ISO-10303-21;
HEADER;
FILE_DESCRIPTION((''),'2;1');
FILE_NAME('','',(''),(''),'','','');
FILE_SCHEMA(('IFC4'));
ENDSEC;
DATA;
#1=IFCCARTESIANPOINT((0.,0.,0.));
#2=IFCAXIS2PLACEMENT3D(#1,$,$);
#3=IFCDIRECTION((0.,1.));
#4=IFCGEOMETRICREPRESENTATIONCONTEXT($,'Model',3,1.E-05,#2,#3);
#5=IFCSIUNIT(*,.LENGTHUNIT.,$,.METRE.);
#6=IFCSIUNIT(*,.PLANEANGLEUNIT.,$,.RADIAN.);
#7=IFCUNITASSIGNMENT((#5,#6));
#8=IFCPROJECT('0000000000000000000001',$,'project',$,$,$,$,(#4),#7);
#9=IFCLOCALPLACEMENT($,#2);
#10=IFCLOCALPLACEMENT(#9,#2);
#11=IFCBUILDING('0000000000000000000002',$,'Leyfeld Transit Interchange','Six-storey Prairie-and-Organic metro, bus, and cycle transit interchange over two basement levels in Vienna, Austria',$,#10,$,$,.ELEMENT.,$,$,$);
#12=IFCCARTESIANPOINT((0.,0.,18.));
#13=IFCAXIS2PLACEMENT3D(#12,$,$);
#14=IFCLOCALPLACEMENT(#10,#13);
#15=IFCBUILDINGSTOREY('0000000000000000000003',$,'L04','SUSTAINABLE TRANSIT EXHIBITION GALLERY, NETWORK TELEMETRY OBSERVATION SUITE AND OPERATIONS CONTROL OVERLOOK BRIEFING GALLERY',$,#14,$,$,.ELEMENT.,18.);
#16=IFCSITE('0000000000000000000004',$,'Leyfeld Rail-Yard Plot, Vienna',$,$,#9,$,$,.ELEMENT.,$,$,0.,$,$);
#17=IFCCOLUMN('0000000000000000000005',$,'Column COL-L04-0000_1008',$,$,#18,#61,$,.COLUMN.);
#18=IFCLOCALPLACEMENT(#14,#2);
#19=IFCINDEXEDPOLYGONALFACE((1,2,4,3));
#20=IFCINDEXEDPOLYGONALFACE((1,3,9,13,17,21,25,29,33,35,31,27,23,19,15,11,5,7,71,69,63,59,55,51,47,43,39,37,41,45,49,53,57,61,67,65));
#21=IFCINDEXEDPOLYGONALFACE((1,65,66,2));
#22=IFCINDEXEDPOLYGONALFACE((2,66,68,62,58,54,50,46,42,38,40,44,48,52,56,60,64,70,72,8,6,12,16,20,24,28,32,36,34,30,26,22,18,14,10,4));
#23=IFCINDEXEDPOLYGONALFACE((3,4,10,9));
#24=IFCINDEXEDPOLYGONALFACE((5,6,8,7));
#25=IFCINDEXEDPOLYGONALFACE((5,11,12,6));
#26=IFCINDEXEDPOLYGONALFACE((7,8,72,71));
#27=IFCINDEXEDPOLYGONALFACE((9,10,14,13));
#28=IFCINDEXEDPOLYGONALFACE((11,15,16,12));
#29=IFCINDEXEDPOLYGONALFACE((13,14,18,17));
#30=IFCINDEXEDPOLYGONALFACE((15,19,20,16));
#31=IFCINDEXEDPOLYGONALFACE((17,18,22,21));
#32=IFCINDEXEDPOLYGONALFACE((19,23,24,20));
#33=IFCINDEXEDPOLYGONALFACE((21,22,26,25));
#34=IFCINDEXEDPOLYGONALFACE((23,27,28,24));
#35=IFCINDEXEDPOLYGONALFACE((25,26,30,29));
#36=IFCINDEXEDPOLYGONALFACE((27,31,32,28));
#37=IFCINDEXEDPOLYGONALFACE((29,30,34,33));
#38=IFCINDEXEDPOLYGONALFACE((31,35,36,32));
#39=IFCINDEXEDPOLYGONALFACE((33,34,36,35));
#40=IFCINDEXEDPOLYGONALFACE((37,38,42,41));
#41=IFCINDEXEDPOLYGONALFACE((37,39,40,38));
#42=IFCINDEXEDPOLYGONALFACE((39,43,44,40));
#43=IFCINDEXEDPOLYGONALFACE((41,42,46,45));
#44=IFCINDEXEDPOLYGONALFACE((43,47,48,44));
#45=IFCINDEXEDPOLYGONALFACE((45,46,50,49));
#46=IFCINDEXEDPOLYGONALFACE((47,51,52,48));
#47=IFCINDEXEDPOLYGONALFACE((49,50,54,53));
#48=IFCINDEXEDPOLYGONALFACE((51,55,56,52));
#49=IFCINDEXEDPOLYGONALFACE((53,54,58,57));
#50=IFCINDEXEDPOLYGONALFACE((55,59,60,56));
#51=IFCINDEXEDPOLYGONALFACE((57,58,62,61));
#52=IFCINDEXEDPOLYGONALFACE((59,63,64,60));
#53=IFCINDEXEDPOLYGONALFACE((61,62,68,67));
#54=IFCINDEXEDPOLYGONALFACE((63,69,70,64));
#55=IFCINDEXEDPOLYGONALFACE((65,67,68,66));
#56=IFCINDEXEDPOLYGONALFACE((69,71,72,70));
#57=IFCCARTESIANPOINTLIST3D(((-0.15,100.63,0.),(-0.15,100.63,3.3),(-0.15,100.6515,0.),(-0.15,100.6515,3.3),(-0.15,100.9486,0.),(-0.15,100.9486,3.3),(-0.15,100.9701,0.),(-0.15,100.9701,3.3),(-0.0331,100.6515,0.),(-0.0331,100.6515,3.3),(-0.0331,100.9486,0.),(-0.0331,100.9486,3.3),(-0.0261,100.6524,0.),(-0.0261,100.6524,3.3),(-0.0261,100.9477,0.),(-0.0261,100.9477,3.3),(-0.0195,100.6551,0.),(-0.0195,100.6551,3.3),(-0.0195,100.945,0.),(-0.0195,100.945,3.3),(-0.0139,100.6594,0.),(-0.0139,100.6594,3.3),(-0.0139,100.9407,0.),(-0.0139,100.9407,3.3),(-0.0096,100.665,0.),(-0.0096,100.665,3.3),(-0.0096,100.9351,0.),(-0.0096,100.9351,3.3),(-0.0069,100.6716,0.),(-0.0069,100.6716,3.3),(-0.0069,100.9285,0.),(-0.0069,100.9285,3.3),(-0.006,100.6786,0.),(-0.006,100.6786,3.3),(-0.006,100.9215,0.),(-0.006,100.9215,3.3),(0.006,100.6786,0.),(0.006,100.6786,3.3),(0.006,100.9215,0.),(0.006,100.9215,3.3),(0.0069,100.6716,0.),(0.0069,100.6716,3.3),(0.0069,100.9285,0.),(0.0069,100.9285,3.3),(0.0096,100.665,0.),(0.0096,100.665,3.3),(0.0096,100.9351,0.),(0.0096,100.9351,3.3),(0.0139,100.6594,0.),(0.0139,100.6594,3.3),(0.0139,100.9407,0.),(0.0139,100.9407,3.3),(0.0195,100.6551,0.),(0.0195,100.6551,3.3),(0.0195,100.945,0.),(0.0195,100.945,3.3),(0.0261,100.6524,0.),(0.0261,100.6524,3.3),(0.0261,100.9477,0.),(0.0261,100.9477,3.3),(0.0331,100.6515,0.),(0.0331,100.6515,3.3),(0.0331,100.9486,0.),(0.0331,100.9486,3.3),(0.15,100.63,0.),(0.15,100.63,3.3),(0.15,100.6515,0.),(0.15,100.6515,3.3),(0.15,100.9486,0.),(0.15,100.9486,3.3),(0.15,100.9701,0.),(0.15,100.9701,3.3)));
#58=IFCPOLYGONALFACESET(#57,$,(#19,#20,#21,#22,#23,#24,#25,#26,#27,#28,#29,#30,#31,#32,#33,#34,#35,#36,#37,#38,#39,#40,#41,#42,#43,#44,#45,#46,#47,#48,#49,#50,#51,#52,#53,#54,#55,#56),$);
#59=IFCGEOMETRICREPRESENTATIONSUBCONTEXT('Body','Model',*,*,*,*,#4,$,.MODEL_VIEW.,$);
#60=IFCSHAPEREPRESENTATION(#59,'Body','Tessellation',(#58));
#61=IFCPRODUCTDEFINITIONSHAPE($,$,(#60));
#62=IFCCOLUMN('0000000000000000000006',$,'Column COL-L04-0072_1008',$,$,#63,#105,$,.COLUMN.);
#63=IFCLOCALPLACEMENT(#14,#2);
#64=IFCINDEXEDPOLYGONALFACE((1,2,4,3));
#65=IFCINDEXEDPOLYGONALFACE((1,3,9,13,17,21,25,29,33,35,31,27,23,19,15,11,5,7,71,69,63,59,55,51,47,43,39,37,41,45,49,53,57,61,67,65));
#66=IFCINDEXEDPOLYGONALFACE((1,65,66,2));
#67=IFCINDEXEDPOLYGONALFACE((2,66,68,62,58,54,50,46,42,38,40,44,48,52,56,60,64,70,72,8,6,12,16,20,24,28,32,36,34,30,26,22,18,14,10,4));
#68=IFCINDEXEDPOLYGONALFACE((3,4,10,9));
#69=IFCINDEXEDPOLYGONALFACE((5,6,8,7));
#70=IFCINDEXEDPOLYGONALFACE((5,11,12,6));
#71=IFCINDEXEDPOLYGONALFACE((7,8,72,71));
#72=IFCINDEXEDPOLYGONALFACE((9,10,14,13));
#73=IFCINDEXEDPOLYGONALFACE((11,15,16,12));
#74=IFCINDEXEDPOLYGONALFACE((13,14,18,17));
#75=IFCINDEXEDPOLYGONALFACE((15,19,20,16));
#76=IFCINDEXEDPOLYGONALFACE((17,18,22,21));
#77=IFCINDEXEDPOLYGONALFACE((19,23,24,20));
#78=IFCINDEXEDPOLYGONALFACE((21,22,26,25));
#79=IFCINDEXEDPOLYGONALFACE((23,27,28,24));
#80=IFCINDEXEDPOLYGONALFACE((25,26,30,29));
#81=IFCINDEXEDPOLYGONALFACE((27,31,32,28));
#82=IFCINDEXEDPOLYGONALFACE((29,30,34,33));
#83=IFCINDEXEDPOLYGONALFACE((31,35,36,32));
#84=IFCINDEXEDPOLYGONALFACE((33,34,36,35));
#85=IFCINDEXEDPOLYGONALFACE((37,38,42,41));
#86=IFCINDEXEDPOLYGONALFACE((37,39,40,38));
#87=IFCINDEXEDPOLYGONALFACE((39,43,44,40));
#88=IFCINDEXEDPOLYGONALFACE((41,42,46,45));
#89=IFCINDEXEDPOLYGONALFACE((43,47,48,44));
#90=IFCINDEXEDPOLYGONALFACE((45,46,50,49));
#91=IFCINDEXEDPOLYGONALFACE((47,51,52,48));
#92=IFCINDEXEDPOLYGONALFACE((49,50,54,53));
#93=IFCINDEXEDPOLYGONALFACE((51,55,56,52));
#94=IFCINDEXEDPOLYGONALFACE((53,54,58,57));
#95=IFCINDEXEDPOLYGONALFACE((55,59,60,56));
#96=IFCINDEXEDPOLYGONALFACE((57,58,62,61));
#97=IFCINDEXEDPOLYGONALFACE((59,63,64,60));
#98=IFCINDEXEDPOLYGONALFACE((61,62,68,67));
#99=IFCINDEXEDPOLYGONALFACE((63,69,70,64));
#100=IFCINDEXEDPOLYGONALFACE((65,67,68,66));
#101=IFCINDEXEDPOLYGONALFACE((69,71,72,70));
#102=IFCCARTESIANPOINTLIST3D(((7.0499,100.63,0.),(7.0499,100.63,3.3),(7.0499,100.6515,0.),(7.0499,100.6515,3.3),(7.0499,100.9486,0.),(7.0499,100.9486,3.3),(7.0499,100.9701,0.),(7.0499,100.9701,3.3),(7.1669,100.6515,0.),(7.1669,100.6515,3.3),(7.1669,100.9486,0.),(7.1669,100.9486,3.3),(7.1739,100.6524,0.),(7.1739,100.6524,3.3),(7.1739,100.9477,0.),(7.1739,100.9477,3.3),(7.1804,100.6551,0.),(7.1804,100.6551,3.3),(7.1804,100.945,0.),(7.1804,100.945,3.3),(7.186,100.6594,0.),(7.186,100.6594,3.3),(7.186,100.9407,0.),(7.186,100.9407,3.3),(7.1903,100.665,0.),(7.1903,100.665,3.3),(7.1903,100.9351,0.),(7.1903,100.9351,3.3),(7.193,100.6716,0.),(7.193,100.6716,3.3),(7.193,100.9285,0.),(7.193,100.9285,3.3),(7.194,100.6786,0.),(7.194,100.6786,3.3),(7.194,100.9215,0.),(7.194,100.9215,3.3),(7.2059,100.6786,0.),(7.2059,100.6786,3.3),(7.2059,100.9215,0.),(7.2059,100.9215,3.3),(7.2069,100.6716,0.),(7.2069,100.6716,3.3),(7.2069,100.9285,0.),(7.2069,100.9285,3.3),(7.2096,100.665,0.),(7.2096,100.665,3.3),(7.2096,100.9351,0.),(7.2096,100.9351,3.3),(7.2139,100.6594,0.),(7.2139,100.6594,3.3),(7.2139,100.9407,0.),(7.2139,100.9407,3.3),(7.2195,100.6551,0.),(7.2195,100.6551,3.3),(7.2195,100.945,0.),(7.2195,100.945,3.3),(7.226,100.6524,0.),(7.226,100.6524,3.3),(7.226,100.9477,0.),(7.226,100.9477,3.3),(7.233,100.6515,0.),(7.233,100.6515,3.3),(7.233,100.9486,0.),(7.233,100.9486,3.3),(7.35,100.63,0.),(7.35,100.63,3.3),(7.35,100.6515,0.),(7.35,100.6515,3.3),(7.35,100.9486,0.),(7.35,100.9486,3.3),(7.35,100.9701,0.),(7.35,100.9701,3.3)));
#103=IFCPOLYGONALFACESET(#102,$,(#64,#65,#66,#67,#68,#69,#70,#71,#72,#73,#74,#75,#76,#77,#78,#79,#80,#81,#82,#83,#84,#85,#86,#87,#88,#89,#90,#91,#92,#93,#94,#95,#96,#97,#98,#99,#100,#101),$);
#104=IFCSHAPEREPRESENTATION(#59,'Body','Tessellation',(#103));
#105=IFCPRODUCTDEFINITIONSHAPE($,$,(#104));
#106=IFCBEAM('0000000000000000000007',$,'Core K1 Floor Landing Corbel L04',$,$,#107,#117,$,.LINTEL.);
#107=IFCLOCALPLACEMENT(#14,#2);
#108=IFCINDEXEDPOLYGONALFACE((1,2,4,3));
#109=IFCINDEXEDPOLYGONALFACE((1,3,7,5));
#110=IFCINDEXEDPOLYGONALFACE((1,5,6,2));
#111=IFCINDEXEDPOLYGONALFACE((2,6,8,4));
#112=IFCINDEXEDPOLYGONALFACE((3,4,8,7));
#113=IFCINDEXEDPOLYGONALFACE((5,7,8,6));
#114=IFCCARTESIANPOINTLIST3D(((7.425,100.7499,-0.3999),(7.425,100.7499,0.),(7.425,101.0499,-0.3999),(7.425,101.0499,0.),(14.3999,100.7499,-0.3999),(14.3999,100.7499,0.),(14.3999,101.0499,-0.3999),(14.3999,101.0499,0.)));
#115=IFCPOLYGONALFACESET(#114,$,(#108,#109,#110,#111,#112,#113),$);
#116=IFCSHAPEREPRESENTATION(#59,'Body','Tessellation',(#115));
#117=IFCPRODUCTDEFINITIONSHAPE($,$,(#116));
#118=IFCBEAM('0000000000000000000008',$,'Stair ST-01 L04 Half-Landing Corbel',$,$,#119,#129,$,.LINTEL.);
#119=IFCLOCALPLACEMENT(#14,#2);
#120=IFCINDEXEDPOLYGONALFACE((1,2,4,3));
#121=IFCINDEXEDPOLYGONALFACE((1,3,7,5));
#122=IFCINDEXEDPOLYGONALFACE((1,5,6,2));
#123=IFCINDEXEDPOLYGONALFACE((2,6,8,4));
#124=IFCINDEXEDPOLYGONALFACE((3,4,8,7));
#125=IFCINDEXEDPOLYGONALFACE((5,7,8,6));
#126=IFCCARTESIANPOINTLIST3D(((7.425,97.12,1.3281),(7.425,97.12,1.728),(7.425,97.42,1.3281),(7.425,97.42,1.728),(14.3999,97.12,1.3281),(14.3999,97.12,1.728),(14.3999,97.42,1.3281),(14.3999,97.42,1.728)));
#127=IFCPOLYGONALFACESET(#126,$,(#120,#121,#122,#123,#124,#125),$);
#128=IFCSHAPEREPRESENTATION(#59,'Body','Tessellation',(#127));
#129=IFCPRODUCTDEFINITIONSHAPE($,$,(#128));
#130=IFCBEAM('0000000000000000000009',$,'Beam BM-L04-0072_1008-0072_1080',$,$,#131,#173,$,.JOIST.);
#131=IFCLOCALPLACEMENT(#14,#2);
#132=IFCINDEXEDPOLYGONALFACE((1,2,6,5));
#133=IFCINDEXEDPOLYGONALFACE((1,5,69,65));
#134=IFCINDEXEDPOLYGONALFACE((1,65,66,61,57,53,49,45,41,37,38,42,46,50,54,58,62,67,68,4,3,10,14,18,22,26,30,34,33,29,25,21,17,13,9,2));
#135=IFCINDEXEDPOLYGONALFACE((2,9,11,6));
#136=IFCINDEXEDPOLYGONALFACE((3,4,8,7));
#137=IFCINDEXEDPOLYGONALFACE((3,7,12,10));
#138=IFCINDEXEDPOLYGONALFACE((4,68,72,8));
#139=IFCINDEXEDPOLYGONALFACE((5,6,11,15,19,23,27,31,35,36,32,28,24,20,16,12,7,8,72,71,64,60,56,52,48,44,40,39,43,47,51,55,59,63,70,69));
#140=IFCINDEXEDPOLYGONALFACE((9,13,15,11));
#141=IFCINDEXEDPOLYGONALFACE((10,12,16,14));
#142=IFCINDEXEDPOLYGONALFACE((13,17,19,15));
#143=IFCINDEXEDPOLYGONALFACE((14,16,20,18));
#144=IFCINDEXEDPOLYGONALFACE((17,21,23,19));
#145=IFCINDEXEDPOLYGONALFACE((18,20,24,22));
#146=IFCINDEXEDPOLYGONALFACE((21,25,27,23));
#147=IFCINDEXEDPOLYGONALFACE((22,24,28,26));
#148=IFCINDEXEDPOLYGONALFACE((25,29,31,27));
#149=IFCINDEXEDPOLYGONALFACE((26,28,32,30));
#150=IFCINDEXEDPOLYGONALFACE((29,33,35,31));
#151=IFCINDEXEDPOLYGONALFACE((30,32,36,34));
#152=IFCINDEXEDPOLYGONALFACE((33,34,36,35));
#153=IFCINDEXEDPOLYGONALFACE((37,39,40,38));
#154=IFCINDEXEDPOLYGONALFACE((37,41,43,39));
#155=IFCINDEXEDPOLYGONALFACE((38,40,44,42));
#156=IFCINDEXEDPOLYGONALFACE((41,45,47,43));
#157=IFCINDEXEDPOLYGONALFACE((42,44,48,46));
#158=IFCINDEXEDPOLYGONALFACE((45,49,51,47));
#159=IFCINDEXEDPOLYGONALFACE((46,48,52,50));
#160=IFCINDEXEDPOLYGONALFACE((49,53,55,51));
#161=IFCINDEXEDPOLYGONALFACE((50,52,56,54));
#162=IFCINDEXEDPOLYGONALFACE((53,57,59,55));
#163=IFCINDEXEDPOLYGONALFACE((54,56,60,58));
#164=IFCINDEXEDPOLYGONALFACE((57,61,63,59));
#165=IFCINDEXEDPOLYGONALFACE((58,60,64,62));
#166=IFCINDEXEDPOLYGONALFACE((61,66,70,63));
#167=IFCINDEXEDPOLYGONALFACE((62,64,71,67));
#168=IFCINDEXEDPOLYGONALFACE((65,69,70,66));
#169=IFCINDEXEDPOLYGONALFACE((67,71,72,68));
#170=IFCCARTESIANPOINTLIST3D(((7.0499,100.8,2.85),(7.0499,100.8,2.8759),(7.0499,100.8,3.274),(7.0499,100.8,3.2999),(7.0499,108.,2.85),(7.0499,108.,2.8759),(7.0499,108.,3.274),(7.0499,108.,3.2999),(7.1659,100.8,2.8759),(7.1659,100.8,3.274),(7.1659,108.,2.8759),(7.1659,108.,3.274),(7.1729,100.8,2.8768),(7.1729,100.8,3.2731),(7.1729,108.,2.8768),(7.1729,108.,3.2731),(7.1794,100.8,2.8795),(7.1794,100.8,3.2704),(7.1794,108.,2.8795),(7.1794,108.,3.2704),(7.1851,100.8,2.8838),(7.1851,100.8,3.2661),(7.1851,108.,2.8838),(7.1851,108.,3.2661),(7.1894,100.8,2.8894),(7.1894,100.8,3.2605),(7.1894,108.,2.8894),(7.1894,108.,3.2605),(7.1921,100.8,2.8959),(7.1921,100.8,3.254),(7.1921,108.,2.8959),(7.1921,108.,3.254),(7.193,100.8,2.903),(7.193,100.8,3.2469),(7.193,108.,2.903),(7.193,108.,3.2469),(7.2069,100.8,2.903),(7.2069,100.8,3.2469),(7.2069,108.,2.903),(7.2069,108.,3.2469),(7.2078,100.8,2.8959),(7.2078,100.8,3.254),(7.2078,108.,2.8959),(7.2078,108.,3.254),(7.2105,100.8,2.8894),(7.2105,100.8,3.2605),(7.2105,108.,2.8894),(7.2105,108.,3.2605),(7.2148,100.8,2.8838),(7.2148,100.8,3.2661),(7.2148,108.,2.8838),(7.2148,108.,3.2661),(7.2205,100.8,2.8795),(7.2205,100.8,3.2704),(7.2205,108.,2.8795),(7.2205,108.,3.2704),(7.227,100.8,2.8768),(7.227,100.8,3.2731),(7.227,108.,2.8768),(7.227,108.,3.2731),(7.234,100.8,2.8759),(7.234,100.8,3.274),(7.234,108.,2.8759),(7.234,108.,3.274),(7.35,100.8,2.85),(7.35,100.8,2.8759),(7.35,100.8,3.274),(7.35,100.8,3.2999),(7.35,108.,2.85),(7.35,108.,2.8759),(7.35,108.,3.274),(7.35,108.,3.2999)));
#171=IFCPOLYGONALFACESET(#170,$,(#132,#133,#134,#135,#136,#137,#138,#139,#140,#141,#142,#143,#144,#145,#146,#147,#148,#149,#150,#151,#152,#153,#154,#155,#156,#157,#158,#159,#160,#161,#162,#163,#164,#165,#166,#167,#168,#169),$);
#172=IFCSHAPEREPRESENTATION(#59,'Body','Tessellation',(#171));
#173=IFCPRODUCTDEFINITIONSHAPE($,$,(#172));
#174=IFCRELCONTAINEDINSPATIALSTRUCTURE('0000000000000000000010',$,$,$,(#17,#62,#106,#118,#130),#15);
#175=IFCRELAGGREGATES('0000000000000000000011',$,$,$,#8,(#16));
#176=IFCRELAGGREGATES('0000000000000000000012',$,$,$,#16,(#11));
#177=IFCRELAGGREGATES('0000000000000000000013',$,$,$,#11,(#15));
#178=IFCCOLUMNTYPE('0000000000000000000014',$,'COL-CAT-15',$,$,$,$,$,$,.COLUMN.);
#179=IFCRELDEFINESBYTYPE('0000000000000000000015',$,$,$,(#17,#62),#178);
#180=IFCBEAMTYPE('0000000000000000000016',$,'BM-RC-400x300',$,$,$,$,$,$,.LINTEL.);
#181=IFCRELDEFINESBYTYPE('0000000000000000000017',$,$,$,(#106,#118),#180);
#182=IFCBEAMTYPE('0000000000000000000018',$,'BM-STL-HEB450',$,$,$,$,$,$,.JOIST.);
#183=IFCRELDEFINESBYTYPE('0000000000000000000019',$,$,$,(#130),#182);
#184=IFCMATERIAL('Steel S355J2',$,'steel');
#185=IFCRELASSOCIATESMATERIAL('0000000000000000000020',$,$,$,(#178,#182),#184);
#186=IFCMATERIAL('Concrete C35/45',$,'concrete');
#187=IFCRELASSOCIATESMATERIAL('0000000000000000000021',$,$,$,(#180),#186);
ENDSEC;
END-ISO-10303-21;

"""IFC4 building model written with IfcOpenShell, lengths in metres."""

from ifc_helpers import new_model, si_unit, direction, frame, origin, origin_2d, place, context, subcontext, project, spatial, rectangle, i_section, extrude, material, material_profile, profile_set, type_object, element, save


model = new_model("IFC4")

# Units and contexts
model_context = context("Model", 3, precision=1e-05, world=origin(), true_north=direction((0.0, 1.0)))
body_context = subcontext(model_context, "Body", "Model", "MODEL_VIEW")
ifc_project = project(units=[si_unit("LENGTHUNIT", "METRE"), si_unit("PLANEANGLEUNIT", "RADIAN")], contexts=[model_context])

# Site, building, storey
site_placement = place(None, origin())
site = spatial("IfcSite", under=ifc_project, at=site_placement, Name="Leyfeld Rail-Yard Plot, Vienna", CompositionType="ELEMENT", RefElevation=0.0)
building_placement = place(site_placement, origin())
building = spatial("IfcBuilding", under=site, at=building_placement, Name="Leyfeld Transit Interchange", Description="Six-storey Prairie-and-Organic metro, bus, and cycle transit interchange over two basement levels in Vienna, Austria", CompositionType="ELEMENT")
storey_placement = place(building_placement, frame((0.0, 0.0, 18.0)))
storey = spatial("IfcBuildingStorey", under=building, at=storey_placement, Name="L04", Description="SUSTAINABLE TRANSIT EXHIBITION GALLERY, NETWORK TELEMETRY OBSERVATION SUITE AND OPERATIONS CONTROL OVERLOOK BRIEFING GALLERY", CompositionType="ELEMENT", Elevation=18.0)

# Columns
ifc_material_1 = material(Name="Steel S355J2", Category="steel")
ifc_material_profile_1 = material_profile(ifc_material_1, i_section(OverallWidth=0.3, OverallDepth=0.3401, WebThickness=0.012, FlangeThickness=0.0215, FilletRadius=0.0271, at=origin_2d()), Name="HEB 340")
ifc_profile_set_1 = profile_set([ifc_material_profile_1], Name="Steel S355J2")
column_type = type_object("IfcColumnType", Name="COL-CAT-15", PredefinedType="COLUMN", material=ifc_profile_set_1)
for number, where, z_axis, x_axis, name in (
    (1, (0.0, 100.8, 0.0), (0.0, 0.0, 1.0), (1.0, 0.0, 0.0), "Column COL-L04-0000_1008"),
    (2, (7.2, 100.8, 0.0), (0.0, 0.0, 1.0), (1.0, 0.0, 0.0), "Column COL-L04-0072_1008"),
):
    element("IfcColumn", number, at=place(storey_placement, frame(where, z_axis=z_axis, x_axis=x_axis)), inside=storey, type_object=column_type, Name=name, PredefinedType="COLUMN", context=body_context, shape_type="SweptSolid", body=[
        extrude(i_section(OverallWidth=0.3, OverallDepth=0.3401, WebThickness=0.012, FlangeThickness=0.0215, FilletRadius=0.0271, at=origin_2d()), origin(), (0.0, 0.0, 1.0), 3.3),
    ])

# Beams
ifc_material_2 = material(Name="Concrete C35/45", Category="concrete")
ifc_material_profile_2 = material_profile(ifc_material_2, rectangle(XDim=0.3, YDim=0.3999, at=origin_2d()), Name="RC 400x300")
ifc_profile_set_2 = profile_set([ifc_material_profile_2], Name="Concrete C35/45")
beam_type_1 = type_object("IfcBeamType", Name="BM-RC-400x300", PredefinedType="LINTEL", material=ifc_profile_set_2)
for number, where, z_axis, x_axis, name in (
    (3, (7.425, 100.8999, -0.2), (1.0, 0.0, 0.0), (0.0, 1.0, 0.0), "Core K1 Floor Landing Corbel L04"),
    (4, (7.425, 97.27, 1.5281), (1.0, 0.0, 0.0), (0.0, 1.0, 0.0), "Stair ST-01 L04 Half-Landing Corbel"),
):
    element("IfcBeam", number, at=place(storey_placement, frame(where, z_axis=z_axis, x_axis=x_axis)), inside=storey, type_object=beam_type_1, Name=name, PredefinedType="LINTEL", context=body_context, shape_type="SweptSolid", body=[
        extrude(rectangle(XDim=0.3, YDim=0.3999, at=origin_2d()), origin(), (0.0, 0.0, 1.0), 6.9749),
    ])
ifc_material_profile_3 = material_profile(ifc_material_1, i_section(OverallWidth=0.3, OverallDepth=0.45, WebThickness=0.0139, FlangeThickness=0.0259, FilletRadius=0.0271, at=origin_2d()), Name="HEB 450")
ifc_profile_set_3 = profile_set([ifc_material_profile_3], Name="Steel S355J2")
beam_type_2 = type_object("IfcBeamType", Name="BM-STL-HEB450", PredefinedType="JOIST", material=ifc_profile_set_3)
beam_1_placement = place(storey_placement, frame((7.2, 100.8, 3.075), z_axis=(0.0, 1.0, 0.0), x_axis=(-1.0, 0.0, 0.0)))
element("IfcBeam", 5, at=beam_1_placement, inside=storey, type_object=beam_type_2, Name="Beam BM-L04-0072_1008-0072_1080", PredefinedType="JOIST", context=body_context, shape_type="SweptSolid", body=[
    extrude(i_section(OverallWidth=0.3, OverallDepth=0.45, WebThickness=0.0139, FlangeThickness=0.0259, FilletRadius=0.0271, at=origin_2d()), origin(), (0.0, 0.0, 1.0), 7.2),
])

save(model, "model.ifc")
